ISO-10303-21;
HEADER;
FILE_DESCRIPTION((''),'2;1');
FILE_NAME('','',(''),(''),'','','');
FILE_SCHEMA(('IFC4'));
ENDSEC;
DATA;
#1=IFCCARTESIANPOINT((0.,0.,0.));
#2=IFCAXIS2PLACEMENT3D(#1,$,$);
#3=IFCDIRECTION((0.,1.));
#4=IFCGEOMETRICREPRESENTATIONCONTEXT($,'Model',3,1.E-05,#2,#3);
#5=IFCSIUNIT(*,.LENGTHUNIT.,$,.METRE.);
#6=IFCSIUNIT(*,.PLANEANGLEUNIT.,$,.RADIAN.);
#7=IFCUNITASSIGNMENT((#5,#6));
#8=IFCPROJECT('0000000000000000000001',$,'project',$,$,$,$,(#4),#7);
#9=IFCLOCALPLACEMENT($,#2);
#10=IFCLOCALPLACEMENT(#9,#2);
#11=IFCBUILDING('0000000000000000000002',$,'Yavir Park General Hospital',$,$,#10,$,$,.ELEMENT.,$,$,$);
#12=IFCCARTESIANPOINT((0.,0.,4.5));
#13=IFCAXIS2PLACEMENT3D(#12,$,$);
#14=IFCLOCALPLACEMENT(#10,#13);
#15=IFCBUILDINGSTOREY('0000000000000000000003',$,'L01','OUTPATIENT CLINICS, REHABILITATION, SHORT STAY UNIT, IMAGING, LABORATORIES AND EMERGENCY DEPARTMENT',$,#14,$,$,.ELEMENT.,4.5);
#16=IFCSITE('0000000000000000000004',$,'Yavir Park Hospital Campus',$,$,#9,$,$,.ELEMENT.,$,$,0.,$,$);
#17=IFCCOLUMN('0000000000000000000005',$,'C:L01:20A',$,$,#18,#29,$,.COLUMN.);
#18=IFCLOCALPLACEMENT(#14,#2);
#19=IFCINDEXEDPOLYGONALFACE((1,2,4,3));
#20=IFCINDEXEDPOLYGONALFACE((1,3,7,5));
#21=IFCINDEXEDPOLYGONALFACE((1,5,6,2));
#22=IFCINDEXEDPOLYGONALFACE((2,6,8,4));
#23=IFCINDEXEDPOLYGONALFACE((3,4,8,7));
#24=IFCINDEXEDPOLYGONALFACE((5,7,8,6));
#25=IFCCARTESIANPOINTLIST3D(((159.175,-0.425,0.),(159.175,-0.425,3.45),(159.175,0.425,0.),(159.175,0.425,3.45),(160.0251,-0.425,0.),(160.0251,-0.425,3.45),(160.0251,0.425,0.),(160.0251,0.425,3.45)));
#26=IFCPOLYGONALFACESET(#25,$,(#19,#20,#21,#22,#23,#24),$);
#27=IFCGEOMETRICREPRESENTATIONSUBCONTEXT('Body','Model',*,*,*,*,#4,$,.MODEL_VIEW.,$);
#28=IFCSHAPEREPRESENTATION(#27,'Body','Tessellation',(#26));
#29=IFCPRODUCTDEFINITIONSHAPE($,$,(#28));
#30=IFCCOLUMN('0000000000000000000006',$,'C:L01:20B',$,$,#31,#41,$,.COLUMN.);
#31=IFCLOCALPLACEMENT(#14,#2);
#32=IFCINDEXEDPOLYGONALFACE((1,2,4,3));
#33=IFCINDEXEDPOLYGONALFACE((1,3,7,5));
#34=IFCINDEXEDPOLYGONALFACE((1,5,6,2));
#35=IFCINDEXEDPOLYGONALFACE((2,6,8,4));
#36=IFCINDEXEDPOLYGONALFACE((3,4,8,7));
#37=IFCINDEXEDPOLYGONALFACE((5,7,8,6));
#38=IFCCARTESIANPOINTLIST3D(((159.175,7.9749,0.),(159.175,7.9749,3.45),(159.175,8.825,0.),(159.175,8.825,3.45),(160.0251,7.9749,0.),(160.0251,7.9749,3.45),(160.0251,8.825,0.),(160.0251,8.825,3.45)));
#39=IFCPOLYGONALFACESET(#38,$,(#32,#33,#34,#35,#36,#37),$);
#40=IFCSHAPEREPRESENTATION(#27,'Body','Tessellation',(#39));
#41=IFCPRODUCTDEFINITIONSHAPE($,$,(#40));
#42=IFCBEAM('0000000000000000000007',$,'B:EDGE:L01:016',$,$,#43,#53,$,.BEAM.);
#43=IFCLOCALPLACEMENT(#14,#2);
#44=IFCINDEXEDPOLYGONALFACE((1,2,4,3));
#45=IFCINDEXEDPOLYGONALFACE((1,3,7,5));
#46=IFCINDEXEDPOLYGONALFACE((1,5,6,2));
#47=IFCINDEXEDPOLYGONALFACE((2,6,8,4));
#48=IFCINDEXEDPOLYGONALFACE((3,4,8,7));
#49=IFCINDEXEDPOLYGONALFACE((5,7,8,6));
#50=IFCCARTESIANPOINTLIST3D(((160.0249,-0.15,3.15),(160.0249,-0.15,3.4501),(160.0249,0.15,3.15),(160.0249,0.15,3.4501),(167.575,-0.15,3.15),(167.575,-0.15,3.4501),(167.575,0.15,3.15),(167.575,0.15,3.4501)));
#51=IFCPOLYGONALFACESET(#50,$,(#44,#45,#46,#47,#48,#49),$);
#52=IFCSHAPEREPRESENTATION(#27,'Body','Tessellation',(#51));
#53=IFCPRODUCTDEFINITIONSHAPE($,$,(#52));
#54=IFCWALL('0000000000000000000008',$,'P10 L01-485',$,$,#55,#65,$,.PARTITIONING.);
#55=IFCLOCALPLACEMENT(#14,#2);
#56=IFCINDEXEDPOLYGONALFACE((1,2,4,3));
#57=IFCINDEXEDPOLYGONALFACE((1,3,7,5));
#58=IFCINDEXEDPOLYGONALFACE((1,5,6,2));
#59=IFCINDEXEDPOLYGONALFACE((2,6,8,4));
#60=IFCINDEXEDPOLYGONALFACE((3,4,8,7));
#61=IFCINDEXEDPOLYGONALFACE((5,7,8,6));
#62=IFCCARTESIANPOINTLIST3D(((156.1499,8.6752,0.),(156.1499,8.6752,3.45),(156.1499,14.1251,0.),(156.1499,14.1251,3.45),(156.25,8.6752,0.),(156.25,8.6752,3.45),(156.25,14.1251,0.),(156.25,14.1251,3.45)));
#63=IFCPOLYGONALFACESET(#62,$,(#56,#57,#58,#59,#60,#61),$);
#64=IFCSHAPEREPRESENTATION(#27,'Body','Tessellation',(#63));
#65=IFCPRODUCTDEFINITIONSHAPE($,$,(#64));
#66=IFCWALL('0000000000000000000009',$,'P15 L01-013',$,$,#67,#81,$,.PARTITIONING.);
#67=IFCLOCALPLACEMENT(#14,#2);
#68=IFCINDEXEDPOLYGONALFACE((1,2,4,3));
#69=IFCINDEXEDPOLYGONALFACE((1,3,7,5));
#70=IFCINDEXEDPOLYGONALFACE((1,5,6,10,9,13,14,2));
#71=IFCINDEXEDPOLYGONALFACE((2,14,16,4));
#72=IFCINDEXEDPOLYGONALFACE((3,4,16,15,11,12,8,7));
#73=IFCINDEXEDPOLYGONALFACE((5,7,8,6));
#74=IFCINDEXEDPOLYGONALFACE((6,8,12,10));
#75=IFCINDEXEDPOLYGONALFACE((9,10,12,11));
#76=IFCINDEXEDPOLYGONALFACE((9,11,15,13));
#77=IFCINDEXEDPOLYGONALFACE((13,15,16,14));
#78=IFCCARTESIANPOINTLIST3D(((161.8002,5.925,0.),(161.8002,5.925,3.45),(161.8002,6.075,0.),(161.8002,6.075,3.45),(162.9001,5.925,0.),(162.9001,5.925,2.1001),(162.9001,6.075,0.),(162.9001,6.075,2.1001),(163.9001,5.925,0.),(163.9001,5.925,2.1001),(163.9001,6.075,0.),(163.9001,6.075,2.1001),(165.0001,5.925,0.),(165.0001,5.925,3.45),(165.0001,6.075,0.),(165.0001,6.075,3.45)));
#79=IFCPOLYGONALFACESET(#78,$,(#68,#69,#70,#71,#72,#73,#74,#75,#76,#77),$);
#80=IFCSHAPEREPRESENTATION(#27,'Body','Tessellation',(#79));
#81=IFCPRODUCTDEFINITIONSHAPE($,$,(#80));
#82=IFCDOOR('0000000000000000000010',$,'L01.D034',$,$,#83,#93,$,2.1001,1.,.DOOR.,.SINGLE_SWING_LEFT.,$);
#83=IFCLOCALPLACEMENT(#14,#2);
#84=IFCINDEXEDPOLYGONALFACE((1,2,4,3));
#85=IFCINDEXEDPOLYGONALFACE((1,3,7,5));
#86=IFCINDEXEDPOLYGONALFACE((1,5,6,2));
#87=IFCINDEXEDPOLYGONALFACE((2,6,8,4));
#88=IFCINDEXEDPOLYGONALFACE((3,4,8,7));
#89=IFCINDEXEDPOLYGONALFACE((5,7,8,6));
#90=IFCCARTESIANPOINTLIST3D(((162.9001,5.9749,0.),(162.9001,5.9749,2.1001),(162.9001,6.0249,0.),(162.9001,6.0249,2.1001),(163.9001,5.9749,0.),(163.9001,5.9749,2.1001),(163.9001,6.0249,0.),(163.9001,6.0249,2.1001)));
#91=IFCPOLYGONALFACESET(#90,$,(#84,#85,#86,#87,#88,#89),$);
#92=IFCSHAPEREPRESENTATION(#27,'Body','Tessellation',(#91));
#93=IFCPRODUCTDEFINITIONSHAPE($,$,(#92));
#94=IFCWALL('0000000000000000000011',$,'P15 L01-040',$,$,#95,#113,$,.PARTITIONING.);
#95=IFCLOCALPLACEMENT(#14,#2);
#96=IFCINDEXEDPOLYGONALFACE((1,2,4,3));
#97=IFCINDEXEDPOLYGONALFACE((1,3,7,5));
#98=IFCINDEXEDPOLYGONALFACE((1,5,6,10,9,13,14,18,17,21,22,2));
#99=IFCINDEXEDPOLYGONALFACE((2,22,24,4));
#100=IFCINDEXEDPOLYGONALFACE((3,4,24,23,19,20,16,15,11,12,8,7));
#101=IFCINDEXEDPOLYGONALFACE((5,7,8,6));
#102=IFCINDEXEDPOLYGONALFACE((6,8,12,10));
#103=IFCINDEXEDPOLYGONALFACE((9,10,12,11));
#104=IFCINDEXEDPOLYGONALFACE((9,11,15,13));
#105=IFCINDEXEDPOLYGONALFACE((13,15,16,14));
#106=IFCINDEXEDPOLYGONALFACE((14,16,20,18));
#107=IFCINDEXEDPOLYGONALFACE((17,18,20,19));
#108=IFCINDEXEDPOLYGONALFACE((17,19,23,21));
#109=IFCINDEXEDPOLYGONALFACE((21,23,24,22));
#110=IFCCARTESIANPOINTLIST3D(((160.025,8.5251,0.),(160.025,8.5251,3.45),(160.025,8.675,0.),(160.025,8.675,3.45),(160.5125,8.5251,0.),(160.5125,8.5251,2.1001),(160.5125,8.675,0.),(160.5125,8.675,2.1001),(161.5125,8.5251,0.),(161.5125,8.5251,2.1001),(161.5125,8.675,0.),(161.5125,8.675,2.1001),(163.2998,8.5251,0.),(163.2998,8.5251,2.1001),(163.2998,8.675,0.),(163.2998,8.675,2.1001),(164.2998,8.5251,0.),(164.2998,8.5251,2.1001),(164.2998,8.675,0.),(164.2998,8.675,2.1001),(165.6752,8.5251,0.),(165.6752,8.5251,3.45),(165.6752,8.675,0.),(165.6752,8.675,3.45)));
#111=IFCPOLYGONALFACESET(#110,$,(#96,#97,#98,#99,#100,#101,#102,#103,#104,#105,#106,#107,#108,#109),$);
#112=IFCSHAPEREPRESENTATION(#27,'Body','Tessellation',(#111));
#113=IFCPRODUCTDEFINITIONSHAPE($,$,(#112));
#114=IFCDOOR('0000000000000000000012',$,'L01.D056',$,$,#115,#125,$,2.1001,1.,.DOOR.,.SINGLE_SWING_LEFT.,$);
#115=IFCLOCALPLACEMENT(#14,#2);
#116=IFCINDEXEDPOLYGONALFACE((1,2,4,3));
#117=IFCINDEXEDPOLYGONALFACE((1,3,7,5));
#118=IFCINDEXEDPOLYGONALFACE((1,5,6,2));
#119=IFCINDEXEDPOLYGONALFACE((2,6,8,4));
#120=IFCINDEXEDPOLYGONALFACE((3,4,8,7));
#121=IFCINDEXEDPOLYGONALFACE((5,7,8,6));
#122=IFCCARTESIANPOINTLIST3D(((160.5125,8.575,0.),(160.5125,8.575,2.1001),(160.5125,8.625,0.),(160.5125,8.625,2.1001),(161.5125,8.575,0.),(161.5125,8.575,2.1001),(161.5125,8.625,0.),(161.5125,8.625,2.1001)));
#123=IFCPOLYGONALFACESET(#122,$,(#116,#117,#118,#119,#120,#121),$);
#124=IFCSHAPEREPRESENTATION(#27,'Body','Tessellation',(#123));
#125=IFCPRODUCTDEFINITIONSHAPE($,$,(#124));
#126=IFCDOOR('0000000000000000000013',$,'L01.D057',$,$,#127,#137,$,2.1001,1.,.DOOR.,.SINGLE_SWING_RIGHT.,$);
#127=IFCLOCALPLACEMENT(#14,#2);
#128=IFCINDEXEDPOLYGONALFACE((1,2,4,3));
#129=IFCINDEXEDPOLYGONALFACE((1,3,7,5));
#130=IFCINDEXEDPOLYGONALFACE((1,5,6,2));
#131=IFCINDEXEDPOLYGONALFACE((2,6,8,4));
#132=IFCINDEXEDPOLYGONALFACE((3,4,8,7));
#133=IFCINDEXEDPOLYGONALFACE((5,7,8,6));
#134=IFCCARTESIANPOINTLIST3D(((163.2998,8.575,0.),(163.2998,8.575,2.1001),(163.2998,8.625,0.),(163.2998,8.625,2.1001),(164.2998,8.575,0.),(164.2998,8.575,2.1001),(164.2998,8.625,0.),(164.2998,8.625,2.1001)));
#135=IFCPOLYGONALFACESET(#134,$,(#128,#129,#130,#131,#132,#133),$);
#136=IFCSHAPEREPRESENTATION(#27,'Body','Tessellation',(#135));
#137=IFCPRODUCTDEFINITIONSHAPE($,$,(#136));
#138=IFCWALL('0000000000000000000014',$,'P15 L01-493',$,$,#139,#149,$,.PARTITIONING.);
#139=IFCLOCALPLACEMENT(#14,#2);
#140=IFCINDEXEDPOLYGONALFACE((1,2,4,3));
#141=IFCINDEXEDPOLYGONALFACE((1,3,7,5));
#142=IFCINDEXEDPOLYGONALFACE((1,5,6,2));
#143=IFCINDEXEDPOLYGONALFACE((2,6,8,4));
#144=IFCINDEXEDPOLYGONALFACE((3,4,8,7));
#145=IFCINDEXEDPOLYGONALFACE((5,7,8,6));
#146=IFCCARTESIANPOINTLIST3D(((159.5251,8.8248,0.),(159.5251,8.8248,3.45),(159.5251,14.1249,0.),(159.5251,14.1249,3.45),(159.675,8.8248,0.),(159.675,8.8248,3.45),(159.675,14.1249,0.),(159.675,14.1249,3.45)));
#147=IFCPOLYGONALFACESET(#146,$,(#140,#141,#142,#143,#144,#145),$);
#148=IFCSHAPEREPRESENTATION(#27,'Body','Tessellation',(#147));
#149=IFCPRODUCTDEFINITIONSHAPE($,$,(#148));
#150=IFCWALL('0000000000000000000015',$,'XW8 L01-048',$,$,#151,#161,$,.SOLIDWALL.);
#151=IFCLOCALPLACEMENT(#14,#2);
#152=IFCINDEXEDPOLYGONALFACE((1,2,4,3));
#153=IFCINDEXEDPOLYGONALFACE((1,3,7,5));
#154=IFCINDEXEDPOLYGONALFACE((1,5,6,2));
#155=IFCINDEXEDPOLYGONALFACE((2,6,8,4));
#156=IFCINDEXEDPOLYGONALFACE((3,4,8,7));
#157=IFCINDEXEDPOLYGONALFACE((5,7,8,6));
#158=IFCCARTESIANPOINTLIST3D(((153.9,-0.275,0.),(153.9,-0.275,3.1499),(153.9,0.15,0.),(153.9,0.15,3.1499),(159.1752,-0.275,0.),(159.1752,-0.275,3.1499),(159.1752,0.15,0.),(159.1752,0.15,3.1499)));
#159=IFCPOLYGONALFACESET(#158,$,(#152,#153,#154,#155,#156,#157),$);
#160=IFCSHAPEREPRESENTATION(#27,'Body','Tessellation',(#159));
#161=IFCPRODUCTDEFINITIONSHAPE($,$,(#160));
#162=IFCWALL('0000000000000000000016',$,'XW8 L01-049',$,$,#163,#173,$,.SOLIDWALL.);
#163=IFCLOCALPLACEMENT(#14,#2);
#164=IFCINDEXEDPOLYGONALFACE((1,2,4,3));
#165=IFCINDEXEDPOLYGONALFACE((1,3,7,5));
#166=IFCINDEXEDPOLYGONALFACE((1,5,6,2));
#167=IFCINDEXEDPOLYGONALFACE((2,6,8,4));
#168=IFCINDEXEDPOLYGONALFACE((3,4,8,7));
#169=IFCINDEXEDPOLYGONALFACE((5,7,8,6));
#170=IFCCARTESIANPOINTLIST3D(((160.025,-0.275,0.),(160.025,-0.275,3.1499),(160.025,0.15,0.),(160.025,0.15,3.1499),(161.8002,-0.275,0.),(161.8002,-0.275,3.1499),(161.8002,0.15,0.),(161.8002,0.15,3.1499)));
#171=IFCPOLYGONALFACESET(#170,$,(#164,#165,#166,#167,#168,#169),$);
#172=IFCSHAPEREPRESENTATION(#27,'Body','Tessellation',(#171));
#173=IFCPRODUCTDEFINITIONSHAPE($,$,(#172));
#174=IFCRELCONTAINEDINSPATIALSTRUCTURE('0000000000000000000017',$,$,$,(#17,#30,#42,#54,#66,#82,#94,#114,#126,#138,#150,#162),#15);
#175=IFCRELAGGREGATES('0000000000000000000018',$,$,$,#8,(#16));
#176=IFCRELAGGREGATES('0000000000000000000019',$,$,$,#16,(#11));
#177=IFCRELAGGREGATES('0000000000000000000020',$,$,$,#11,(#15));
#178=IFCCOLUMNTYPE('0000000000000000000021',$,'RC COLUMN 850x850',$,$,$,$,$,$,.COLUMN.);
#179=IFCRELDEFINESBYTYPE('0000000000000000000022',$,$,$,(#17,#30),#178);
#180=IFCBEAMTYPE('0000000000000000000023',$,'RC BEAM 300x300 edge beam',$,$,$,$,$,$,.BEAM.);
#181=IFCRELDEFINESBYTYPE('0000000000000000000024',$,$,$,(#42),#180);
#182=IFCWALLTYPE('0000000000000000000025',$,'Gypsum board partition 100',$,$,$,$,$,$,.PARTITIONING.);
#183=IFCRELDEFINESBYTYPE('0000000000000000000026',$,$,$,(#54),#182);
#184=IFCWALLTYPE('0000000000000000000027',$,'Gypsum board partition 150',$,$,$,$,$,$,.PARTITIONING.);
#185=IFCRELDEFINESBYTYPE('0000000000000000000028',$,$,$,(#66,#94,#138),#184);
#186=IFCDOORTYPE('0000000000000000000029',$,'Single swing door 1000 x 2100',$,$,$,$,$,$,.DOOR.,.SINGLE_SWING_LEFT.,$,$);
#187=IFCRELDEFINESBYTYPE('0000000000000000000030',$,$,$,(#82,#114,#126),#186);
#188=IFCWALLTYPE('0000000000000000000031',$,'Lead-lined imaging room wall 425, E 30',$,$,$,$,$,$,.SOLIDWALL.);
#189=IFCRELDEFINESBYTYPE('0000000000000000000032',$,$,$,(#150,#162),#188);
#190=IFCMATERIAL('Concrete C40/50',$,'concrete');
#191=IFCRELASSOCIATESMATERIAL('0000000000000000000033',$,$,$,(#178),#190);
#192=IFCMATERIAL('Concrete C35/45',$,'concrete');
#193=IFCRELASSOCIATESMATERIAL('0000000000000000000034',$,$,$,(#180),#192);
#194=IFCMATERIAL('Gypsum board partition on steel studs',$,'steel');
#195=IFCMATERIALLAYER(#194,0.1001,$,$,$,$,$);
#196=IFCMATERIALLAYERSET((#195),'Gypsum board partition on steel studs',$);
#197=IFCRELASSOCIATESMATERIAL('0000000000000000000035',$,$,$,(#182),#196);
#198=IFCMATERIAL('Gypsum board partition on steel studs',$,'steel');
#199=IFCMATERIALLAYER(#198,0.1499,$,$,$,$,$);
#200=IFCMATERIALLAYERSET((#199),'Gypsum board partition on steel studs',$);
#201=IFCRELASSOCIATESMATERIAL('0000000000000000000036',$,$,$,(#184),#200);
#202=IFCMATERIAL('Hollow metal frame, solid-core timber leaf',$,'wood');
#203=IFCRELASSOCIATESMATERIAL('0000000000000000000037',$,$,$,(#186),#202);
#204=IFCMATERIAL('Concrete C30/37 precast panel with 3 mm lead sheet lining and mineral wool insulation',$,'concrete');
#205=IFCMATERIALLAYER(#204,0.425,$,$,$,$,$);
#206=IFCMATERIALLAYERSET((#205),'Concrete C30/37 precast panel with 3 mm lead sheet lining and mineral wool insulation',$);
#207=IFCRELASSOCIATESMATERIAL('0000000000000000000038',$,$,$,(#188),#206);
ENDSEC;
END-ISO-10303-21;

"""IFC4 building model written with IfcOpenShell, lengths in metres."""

from ifc_helpers import new_model, si_unit, direction, frame, frame_2d, origin, origin_2d, place, context, subcontext, project, spatial, rectangle, extrude, material, layer, layer_set, material_profile, profile_set, type_object, element, fill, save


model = new_model("IFC4")

# Units and contexts
model_context = context("Model", 3, precision=1e-05, world=origin(), true_north=direction((0.0, 1.0)))
body_context = subcontext(model_context, "Body", "Model", "MODEL_VIEW")
ifc_project = project(units=[si_unit("LENGTHUNIT", "METRE"), si_unit("PLANEANGLEUNIT", "RADIAN")], contexts=[model_context])

# Site, building, storey
site_placement = place(None, origin())
site = spatial("IfcSite", under=ifc_project, at=site_placement, Name="Yavir Park Hospital Campus", CompositionType="ELEMENT", RefElevation=0.0)
building_placement = place(site_placement, origin())
building = spatial("IfcBuilding", under=site, at=building_placement, Name="Yavir Park General Hospital", CompositionType="ELEMENT")
storey_placement = place(building_placement, frame((0.0, 0.0, 4.5)))
storey = spatial("IfcBuildingStorey", under=building, at=storey_placement, Name="L01", Description="OUTPATIENT CLINICS, REHABILITATION, SHORT STAY UNIT, IMAGING, LABORATORIES AND EMERGENCY DEPARTMENT", CompositionType="ELEMENT", Elevation=4.5)

# Columns
ifc_material_1 = material(Name="Concrete C40/50", Category="concrete")
ifc_material_profile_1 = material_profile(ifc_material_1, rectangle(XDim=0.8501, YDim=0.8501, at=origin_2d()), Name="RC850x850")
ifc_profile_set_1 = profile_set([ifc_material_profile_1], Name="Concrete C40/50")
column_type = type_object("IfcColumnType", Name="RC COLUMN 850x850", PredefinedType="COLUMN", material=ifc_profile_set_1)
for number, where, z_axis, x_axis, name in (
    (1, (159.6001, 0.0, 0.0), (0.0, 0.0, 1.0), (1.0, 0.0, 0.0), "C:L01:20A"),
    (2, (159.6001, 8.3999, 0.0), (0.0, 0.0, 1.0), (1.0, 0.0, 0.0), "C:L01:20B"),
):
    element("IfcColumn", number, at=place(storey_placement, frame(where, z_axis=z_axis, x_axis=x_axis)), inside=storey, type_object=column_type, Name=name, PredefinedType="COLUMN", context=body_context, shape_type="SweptSolid", body=[
        extrude(rectangle(XDim=0.8501, YDim=0.8501, at=origin_2d()), origin(), (0.0, 0.0, 1.0), 3.45),
    ])

# Beam
ifc_material_2 = material(Name="Concrete C35/45", Category="concrete")
ifc_material_profile_2 = material_profile(ifc_material_2, rectangle(XDim=0.3, YDim=0.3, at=origin_2d()), Name="RC300x300")
ifc_profile_set_2 = profile_set([ifc_material_profile_2], Name="Concrete C35/45")
beam_type = type_object("IfcBeamType", Name="RC BEAM 300x300 edge beam", PredefinedType="BEAM", material=ifc_profile_set_2)
beam_placement = place(storey_placement, frame((160.0249, 0.0, 3.3), z_axis=(1.0, 0.0, 0.0), x_axis=(0.0, 1.0, 0.0)))
element("IfcBeam", 3, at=beam_placement, inside=storey, type_object=beam_type, Name="B:EDGE:L01:016", PredefinedType="BEAM", context=body_context, shape_type="SweptSolid", body=[
    extrude(rectangle(XDim=0.3, YDim=0.3, at=origin_2d()), origin(), (0.0, 0.0, 1.0), 7.55),
])

# Wall
ifc_material_3 = material(Name="Gypsum board partition on steel studs", Category="steel")
ifc_layer_1 = layer(ifc_material_3, 0.1001)
ifc_layer_set_1 = layer_set([ifc_layer_1], Name="Gypsum board partition on steel studs")
wall_type_1 = type_object("IfcWallType", Name="Gypsum board partition 100", PredefinedType="PARTITIONING", material=ifc_layer_set_1)
wall_1_placement = place(storey_placement, frame((156.2, 8.675, 0.0), z_axis=(0.0, 0.0, 1.0), x_axis=(0.0, 1.0, 0.0)))
element("IfcWall", 4, at=wall_1_placement, inside=storey, type_object=wall_type_1, Name="P10 L01-485", PredefinedType="PARTITIONING", context=body_context, shape_type="SweptSolid", body=[
    extrude(rectangle(XDim=5.45, YDim=0.1001, at=frame_2d((2.7251, 0.0))), origin(), (0.0, 0.0, 1.0), 3.45),
])

# Wall, opening, door
ifc_material_4 = material(Name="Gypsum board partition on steel studs", Category="steel")
ifc_layer_2 = layer(ifc_material_4, 0.1499)
ifc_layer_set_2 = layer_set([ifc_layer_2], Name="Gypsum board partition on steel studs")
wall_type_2 = type_object("IfcWallType", Name="Gypsum board partition 150", PredefinedType="PARTITIONING", material=ifc_layer_set_2)
wall_2_placement = place(storey_placement, frame((161.8, 6.0, 0.0), z_axis=(0.0, 0.0, 1.0), x_axis=(1.0, 0.0, 0.0)))
wall_2 = element("IfcWall", 5, at=wall_2_placement, inside=storey, type_object=wall_type_2, Name="P15 L01-013", PredefinedType="PARTITIONING", context=body_context, shape_type="SweptSolid", body=[
    extrude(rectangle(XDim=3.2, YDim=0.1499, at=frame_2d((1.6001, 0.0))), origin(), (0.0, 0.0, 1.0), 3.45),
])
opening_1_placement = place(wall_2_placement, frame((1.1001, 0.0, 0.0)))
opening_1 = element("IfcOpeningElement", 6, at=opening_1_placement, cuts=wall_2, PredefinedType="OPENING", context=body_context, shape_type="SweptSolid", body=[
    extrude(rectangle(XDim=1.0, YDim=2.1001, at=frame_2d((0.5, 1.05))), frame((0.0, 0.085, 0.0), z_axis=(0.0, -1.0, 0.0), x_axis=(1.0, 0.0, 0.0)), (0.0, 0.0, 1.0), 0.1699),
])
ifc_material_5 = material(Name="Hollow metal frame, solid-core timber leaf", Category="wood")
door_type_1 = type_object("IfcDoorType", Name="Single swing door 1000 x 2100", OperationType="SINGLE_SWING_LEFT", PredefinedType="DOOR", material=ifc_material_5)
door_1_placement = place(opening_1_placement, origin())
door_1 = element("IfcDoor", 7, at=door_1_placement, inside=storey, type_object=door_type_1, Name="L01.D034", OperationType="SINGLE_SWING_LEFT", OverallHeight=2.1001, OverallWidth=1.0, PredefinedType="DOOR", context=body_context, shape_type="SweptSolid", body=[
    extrude(rectangle(XDim=1.0, YDim=2.1001, at=frame_2d((0.5, 1.05))), frame((0.0, 0.0249, 0.0), z_axis=(0.0, -1.0, 0.0), x_axis=(1.0, 0.0, 0.0)), (0.0, 0.0, 1.0), 0.05),
])
fill(opening_1, door_1)

# Wall, openings, doors
wall_3_placement = place(storey_placement, frame((160.0249, 8.6001, 0.0), z_axis=(0.0, 0.0, 1.0), x_axis=(1.0, 0.0, 0.0)))
wall_3 = element("IfcWall", 8, at=wall_3_placement, inside=storey, type_object=wall_type_2, Name="P15 L01-040", PredefinedType="PARTITIONING", context=body_context, shape_type="SweptSolid", body=[
    extrude(rectangle(XDim=5.6501, YDim=0.1499, at=frame_2d((2.8252, 0.0))), origin(), (0.0, 0.0, 1.0), 3.45),
])
opening_2_placement = place(wall_3_placement, frame((0.4875, 0.0, 0.0)))
opening_2 = element("IfcOpeningElement", 9, at=opening_2_placement, cuts=wall_3, PredefinedType="OPENING", context=body_context, shape_type="SweptSolid", body=[
    extrude(rectangle(XDim=1.0, YDim=2.1001, at=frame_2d((0.5, 1.05))), frame((0.0, 0.085, 0.0), z_axis=(0.0, -1.0, 0.0), x_axis=(1.0, 0.0, 0.0)), (0.0, 0.0, 1.0), 0.1699),
])
opening_3_placement = place(wall_3_placement, frame((3.2749, 0.0, 0.0)))
opening_3 = element("IfcOpeningElement", 10, at=opening_3_placement, cuts=wall_3, PredefinedType="OPENING", context=body_context, shape_type="SweptSolid", body=[
    extrude(rectangle(XDim=1.0, YDim=2.1001, at=frame_2d((0.5, 1.05))), frame((0.0, 0.085, 0.0), z_axis=(0.0, -1.0, 0.0), x_axis=(1.0, 0.0, 0.0)), (0.0, 0.0, 1.0), 0.1699),
])
door_2_placement = place(opening_2_placement, origin())
door_2 = element("IfcDoor", 11, at=door_2_placement, inside=storey, type_object=door_type_1, Name="L01.D056", OperationType="SINGLE_SWING_LEFT", OverallHeight=2.1001, OverallWidth=1.0, PredefinedType="DOOR", context=body_context, shape_type="SweptSolid", body=[
    extrude(rectangle(XDim=1.0, YDim=2.1001, at=frame_2d((0.5, 1.05))), frame((0.0, 0.0249, 0.0), z_axis=(0.0, -1.0, 0.0), x_axis=(1.0, 0.0, 0.0)), (0.0, 0.0, 1.0), 0.05),
])
fill(opening_2, door_2)
door_3_placement = place(opening_3_placement, origin())
door_3 = element("IfcDoor", 12, at=door_3_placement, inside=storey, type_object=door_type_1, Name="L01.D057", OperationType="SINGLE_SWING_RIGHT", OverallHeight=2.1001, OverallWidth=1.0, PredefinedType="DOOR", context=body_context, shape_type="SweptSolid", body=[
    extrude(rectangle(XDim=1.0, YDim=2.1001, at=frame_2d((0.5, 1.05))), frame((0.0, 0.0249, 0.0), z_axis=(0.0, -1.0, 0.0), x_axis=(1.0, 0.0, 0.0)), (0.0, 0.0, 1.0), 0.05),
])
fill(opening_3, door_3)

# Walls
wall_4_placement = place(storey_placement, frame((159.6001, 8.825, 0.0), z_axis=(0.0, 0.0, 1.0), x_axis=(0.0, 1.0, 0.0)))
element("IfcWall", 13, at=wall_4_placement, inside=storey, type_object=wall_type_2, Name="P15 L01-493", PredefinedType="PARTITIONING", context=body_context, shape_type="SweptSolid", body=[
    extrude(rectangle(XDim=5.3, YDim=0.1499, at=frame_2d((2.6499, 0.0))), origin(), (0.0, 0.0, 1.0), 3.45),
])
ifc_material_6 = material(Name="Concrete C30/37 precast panel with 3 mm lead sheet lining and mineral wool insulation", Category="concrete")
ifc_layer_3 = layer(ifc_material_6, 0.425)
ifc_layer_set_3 = layer_set([ifc_layer_3], Name="Concrete C30/37 precast panel with 3 mm lead sheet lining and mineral wool insulation")
wall_type_3 = type_object("IfcWallType", Name="Lead-lined imaging room wall 425, E 30", PredefinedType="SOLIDWALL", material=ifc_layer_set_3)
wall_5_placement = place(storey_placement, frame((153.8999, -0.0625, 0.0), z_axis=(0.0, 0.0, 1.0), x_axis=(1.0, 0.0, 0.0)))
element("IfcWall", 14, at=wall_5_placement, inside=storey, type_object=wall_type_3, Name="XW8 L01-048", PredefinedType="SOLIDWALL", context=body_context, shape_type="SweptSolid", body=[
    extrude(rectangle(XDim=5.2751, YDim=0.425, at=frame_2d((2.6377, 0.0))), origin(), (0.0, 0.0, 1.0), 3.1499),
])
wall_6_placement = place(storey_placement, frame((160.0249, -0.0625, 0.0), z_axis=(0.0, 0.0, 1.0), x_axis=(1.0, 0.0, 0.0)))
element("IfcWall", 15, at=wall_6_placement, inside=storey, type_object=wall_type_3, Name="XW8 L01-049", PredefinedType="SOLIDWALL", context=body_context, shape_type="SweptSolid", body=[
    extrude(rectangle(XDim=1.7751, YDim=0.425, at=frame_2d((0.8877, 0.0))), origin(), (0.0, 0.0, 1.0), 3.1499),
])

save(model, "model.ifc")
